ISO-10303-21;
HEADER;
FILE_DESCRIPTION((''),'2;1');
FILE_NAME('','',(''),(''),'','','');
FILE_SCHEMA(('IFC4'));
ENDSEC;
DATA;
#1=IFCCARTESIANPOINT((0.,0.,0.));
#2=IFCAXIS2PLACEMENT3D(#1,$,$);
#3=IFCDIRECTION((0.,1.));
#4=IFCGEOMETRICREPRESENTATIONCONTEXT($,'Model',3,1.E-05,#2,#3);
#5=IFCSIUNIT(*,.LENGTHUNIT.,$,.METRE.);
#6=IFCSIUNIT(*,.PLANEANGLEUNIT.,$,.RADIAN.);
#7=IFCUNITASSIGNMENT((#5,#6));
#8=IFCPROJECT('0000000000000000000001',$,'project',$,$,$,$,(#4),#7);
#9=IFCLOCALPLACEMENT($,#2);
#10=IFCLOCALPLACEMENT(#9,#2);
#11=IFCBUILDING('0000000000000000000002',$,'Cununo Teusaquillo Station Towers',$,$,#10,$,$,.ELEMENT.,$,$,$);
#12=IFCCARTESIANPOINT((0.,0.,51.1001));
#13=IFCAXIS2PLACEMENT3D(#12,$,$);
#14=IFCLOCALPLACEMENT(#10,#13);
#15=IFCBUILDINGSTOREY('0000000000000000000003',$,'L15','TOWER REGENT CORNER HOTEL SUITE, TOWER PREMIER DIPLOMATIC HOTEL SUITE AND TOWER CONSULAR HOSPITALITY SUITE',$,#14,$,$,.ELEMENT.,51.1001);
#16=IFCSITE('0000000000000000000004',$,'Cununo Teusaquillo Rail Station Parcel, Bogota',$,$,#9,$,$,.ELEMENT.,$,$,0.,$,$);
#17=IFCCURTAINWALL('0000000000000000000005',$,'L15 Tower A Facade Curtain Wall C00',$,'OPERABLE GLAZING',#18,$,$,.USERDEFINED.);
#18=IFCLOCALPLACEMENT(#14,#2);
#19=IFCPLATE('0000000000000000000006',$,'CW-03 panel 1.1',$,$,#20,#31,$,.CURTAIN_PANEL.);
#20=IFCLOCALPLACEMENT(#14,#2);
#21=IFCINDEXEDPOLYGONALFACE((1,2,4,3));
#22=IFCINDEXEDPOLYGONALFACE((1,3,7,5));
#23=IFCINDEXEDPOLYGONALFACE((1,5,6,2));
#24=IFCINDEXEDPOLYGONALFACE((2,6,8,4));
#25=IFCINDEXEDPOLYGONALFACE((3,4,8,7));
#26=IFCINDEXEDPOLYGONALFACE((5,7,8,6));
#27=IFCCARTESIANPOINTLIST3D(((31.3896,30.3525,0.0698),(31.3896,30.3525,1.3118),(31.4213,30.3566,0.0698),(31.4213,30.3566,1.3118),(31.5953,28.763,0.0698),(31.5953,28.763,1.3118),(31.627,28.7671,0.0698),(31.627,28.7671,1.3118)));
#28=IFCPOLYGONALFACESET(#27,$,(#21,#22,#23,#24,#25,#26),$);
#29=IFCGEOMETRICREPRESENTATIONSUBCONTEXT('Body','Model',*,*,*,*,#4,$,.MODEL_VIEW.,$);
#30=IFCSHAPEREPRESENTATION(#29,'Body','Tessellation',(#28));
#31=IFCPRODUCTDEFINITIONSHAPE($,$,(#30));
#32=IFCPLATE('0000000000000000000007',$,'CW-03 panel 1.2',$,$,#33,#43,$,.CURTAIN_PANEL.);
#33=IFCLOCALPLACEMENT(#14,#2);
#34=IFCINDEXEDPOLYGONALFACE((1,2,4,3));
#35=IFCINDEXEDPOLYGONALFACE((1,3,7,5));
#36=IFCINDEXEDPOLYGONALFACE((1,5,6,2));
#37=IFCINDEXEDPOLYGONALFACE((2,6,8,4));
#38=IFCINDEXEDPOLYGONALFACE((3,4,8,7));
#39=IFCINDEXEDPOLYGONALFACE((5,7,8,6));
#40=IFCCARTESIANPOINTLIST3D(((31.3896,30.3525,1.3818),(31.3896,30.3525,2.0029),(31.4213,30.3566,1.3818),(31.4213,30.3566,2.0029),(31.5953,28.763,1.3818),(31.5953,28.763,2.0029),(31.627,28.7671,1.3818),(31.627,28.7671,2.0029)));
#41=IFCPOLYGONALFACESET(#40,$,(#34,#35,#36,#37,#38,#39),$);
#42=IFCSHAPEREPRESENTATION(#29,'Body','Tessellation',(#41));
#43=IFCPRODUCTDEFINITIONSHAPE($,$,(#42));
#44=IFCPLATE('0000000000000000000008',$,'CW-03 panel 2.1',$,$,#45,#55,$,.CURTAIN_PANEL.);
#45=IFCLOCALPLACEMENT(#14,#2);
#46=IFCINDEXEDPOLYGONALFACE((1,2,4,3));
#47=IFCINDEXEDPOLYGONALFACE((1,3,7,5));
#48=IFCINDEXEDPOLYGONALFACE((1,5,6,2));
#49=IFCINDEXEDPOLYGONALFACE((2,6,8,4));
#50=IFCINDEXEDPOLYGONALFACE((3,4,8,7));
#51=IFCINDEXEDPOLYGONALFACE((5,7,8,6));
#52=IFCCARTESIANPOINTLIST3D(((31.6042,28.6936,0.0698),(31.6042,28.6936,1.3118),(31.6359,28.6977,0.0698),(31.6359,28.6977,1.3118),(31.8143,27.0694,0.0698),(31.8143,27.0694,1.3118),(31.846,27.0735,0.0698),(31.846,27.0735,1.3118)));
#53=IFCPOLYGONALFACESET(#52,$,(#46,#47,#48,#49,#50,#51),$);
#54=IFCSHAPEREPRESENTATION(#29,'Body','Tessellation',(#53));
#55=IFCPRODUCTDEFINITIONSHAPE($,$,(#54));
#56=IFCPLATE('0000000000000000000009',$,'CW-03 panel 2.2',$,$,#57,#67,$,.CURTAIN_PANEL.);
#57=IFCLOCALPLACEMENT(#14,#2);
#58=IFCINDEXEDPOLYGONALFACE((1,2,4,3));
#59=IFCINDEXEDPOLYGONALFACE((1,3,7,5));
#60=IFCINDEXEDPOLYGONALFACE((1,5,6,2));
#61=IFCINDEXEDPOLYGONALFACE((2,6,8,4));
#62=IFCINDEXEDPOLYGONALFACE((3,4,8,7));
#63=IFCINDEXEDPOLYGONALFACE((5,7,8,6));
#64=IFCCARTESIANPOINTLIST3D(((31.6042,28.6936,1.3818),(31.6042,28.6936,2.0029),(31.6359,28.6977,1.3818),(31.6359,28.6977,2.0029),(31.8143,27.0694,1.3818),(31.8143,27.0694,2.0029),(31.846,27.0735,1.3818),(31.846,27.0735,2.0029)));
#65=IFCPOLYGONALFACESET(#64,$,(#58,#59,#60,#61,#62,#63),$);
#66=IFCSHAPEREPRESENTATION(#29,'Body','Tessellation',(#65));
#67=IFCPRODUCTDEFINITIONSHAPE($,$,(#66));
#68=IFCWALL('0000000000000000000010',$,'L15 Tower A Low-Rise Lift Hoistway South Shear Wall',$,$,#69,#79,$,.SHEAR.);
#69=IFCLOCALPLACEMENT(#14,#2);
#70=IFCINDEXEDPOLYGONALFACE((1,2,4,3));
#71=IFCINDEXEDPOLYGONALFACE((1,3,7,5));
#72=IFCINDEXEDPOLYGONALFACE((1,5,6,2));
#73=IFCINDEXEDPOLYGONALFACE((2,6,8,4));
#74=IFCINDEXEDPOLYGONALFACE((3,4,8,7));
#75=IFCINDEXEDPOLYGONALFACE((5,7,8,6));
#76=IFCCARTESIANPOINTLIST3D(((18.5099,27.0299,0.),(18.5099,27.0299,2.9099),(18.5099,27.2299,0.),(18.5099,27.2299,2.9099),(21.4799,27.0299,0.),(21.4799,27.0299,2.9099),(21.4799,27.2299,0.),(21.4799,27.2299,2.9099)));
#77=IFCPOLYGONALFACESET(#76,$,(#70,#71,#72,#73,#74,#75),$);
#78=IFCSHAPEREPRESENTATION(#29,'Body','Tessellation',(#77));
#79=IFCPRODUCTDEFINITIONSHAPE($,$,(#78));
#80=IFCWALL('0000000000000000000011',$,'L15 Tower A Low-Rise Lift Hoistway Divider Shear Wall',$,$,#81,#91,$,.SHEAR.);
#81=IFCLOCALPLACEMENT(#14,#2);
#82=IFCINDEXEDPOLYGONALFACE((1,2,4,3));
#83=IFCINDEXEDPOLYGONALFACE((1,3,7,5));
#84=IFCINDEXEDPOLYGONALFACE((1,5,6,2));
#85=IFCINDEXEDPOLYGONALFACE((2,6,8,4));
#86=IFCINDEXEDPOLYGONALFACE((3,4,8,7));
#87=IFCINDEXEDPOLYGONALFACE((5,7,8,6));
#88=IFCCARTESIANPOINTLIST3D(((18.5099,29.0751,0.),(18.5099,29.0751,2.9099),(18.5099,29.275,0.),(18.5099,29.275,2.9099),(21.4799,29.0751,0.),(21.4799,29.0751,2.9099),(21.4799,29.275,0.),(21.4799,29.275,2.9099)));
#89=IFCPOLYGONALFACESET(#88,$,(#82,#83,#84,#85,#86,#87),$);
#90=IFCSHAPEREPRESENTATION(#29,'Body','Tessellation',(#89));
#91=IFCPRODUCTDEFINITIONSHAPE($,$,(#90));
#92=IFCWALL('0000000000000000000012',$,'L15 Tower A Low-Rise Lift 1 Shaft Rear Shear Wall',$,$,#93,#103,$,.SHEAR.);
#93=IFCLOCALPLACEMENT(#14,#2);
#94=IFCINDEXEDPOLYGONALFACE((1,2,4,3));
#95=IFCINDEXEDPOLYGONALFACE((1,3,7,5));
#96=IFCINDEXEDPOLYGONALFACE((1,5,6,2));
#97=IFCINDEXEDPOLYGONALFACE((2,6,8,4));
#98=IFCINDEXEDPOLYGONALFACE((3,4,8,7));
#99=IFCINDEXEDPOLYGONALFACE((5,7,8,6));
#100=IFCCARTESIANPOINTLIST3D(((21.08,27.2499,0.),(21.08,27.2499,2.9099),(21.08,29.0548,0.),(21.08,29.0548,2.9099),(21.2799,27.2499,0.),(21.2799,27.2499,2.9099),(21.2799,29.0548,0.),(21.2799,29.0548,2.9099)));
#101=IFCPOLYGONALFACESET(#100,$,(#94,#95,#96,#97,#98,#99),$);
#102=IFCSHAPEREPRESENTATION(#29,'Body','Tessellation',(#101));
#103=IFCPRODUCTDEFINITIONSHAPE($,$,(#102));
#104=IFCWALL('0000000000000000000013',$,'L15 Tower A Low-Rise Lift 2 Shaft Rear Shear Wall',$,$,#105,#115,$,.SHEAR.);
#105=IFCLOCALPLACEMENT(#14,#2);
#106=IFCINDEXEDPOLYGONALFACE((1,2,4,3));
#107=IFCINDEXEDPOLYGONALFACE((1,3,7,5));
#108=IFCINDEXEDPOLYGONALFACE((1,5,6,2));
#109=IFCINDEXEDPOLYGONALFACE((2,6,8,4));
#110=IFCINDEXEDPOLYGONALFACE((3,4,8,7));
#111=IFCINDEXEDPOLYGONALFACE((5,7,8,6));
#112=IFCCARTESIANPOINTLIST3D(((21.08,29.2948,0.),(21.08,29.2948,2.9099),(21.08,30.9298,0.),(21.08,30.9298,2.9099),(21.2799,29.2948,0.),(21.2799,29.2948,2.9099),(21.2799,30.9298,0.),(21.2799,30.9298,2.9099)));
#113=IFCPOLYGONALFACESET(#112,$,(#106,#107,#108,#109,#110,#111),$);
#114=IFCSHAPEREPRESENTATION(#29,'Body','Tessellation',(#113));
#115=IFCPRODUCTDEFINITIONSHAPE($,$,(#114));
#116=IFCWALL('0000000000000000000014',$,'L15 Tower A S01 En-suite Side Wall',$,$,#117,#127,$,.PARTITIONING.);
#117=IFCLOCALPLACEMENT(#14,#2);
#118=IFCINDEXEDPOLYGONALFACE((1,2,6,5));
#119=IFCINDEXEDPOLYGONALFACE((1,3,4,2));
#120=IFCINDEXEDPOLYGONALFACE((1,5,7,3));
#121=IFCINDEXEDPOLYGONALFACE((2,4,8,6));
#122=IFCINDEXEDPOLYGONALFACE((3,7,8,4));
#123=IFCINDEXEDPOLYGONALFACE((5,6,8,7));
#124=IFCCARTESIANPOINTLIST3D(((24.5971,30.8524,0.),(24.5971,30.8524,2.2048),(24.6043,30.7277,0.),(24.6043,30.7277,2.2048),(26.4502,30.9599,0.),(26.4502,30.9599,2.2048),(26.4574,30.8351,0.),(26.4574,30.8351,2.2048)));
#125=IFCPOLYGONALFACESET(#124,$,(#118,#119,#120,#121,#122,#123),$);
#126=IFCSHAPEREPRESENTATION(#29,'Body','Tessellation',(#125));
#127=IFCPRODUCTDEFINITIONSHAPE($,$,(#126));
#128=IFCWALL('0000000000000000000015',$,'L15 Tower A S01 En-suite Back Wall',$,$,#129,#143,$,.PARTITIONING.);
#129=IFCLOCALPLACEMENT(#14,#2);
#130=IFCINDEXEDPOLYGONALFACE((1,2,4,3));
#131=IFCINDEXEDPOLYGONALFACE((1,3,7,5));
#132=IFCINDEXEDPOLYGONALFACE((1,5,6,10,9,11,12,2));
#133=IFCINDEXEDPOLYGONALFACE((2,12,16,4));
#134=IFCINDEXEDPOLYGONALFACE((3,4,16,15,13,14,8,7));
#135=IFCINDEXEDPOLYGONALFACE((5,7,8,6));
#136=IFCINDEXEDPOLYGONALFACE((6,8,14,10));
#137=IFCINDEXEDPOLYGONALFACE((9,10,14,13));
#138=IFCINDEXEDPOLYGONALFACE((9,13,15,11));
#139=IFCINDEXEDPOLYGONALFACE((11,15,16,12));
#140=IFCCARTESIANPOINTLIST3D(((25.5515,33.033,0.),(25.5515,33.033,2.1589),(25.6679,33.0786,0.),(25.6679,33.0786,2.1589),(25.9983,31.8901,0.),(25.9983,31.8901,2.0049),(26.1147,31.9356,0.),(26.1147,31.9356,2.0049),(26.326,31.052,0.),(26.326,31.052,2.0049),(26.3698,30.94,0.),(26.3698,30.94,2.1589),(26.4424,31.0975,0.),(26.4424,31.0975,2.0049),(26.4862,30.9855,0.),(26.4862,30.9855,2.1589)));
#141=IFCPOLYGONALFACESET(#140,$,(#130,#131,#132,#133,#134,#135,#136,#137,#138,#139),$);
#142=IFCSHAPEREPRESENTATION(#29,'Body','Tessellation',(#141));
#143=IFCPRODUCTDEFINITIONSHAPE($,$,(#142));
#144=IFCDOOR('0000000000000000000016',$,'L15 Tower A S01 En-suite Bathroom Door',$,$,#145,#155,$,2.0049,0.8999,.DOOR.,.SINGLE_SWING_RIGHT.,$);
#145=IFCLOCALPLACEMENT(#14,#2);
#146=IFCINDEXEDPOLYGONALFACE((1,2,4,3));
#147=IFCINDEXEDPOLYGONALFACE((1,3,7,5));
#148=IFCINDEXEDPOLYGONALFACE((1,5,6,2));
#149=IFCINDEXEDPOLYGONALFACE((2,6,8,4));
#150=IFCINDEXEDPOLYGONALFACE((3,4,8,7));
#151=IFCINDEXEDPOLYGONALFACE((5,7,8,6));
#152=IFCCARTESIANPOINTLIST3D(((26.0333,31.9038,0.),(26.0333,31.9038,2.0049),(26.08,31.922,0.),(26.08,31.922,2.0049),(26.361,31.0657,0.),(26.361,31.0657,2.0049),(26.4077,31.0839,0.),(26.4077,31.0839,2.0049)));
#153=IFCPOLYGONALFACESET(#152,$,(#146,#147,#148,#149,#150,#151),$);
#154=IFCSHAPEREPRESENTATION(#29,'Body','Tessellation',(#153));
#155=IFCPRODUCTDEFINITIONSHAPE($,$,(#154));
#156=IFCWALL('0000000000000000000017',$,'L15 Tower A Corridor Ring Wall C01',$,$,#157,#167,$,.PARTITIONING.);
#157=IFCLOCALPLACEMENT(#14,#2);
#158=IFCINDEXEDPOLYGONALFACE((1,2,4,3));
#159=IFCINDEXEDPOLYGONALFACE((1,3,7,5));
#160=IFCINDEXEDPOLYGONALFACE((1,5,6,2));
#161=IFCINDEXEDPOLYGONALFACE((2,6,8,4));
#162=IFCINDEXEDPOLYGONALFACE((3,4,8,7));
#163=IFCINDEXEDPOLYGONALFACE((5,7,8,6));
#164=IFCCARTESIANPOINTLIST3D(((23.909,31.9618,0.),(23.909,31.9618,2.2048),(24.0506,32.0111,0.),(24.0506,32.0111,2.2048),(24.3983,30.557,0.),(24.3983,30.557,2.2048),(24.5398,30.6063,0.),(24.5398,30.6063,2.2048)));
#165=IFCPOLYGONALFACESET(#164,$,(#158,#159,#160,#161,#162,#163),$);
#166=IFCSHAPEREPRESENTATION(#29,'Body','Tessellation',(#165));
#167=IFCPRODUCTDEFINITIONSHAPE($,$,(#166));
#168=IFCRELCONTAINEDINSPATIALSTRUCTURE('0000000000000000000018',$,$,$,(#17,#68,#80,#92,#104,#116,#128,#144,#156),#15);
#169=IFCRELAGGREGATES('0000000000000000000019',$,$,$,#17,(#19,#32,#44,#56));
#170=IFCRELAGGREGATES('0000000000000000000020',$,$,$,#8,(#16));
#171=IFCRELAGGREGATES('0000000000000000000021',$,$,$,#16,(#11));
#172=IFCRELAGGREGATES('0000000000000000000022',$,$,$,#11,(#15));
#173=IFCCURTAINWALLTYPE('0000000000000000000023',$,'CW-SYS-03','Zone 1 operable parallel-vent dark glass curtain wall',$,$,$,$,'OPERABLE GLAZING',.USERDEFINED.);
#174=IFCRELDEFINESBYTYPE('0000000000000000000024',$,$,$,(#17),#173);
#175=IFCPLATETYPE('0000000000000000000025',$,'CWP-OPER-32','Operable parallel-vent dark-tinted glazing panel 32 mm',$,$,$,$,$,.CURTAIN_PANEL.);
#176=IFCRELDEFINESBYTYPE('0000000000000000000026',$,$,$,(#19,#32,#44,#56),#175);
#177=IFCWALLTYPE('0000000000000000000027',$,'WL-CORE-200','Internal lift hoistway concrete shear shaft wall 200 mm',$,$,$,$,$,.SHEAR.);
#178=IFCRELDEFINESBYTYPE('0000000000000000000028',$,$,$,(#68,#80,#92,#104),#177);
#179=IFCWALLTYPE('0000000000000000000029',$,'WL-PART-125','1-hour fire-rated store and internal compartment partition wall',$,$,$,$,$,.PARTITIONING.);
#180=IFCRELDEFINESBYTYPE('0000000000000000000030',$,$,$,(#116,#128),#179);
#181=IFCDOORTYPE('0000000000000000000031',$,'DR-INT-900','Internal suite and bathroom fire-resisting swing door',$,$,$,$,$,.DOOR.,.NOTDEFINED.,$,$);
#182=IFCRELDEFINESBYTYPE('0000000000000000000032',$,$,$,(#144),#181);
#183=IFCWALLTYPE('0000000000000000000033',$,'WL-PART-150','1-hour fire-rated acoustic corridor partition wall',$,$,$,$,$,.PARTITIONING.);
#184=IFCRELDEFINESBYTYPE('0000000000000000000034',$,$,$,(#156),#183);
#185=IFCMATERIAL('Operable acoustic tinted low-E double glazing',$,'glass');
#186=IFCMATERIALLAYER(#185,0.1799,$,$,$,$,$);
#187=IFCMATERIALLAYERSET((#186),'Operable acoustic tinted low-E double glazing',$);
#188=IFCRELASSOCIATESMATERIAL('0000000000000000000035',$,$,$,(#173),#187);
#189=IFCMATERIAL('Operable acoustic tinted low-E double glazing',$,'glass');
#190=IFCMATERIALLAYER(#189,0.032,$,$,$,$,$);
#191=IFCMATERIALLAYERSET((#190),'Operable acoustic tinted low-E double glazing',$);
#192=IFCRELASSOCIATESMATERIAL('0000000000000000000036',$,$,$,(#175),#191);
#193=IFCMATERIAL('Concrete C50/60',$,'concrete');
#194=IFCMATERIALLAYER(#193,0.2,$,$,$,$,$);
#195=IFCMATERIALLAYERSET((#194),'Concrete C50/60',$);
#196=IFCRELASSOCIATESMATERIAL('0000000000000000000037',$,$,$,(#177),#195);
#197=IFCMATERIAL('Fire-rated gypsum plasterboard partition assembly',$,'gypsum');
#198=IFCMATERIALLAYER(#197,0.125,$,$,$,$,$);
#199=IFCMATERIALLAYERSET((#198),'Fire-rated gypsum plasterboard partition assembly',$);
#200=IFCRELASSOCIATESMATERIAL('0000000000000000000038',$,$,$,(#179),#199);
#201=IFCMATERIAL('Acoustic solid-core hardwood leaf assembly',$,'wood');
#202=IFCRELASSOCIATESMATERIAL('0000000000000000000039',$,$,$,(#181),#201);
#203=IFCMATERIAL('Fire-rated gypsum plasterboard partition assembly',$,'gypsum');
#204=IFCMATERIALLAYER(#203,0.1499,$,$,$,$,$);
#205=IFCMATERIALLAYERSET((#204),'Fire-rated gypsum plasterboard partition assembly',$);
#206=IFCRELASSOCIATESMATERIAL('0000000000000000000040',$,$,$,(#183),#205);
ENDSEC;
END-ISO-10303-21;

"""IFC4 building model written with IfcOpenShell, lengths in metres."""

from ifc_helpers import new_model, si_unit, direction, frame, frame_2d, origin, origin_2d, place, context, subcontext, project, spatial, rectangle, extrude, source, transform, mapped, material, layer, layer_set, type_object, element, fill, aggregate, save


model = new_model("IFC4")

# Units and contexts
model_context = context("Model", 3, precision=1e-05, world=origin(), true_north=direction((0.0, 1.0)))
body_context = subcontext(model_context, "Body", "Model", "MODEL_VIEW")
ifc_project = project(units=[si_unit("LENGTHUNIT", "METRE"), si_unit("PLANEANGLEUNIT", "RADIAN")], contexts=[model_context])

# Site, building, storey
site_placement = place(None, origin())
site = spatial("IfcSite", under=ifc_project, at=site_placement, Name="Cununo Teusaquillo Rail Station Parcel, Bogota", CompositionType="ELEMENT", RefElevation=0.0)
building_placement = place(site_placement, origin())
building = spatial("IfcBuilding", under=site, at=building_placement, Name="Cununo Teusaquillo Station Towers", CompositionType="ELEMENT")
storey_placement = place(building_placement, frame((0.0, 0.0, 51.1001)))
storey = spatial("IfcBuildingStorey", under=building, at=storey_placement, Name="L15", Description="TOWER REGENT CORNER HOTEL SUITE, TOWER PREMIER DIPLOMATIC HOTEL SUITE AND TOWER CONSULAR HOSPITALITY SUITE", CompositionType="ELEMENT", Elevation=51.1001)

# Curtain wall, plates
ifc_material_1 = material(Name="Operable acoustic tinted low-E double glazing", Category="glass")
ifc_layer_1 = layer(ifc_material_1, 0.1799)
ifc_layer_set_1 = layer_set([ifc_layer_1], Name="Operable acoustic tinted low-E double glazing")
curtain_wall_type = type_object("IfcCurtainWallType", Name="CW-SYS-03", Description="Zone 1 operable parallel-vent dark glass curtain wall", ElementType="OPERABLE GLAZING", PredefinedType="USERDEFINED", material=ifc_layer_set_1)
curtain_wall_placement = place(storey_placement, origin())
curtain_wall = element("IfcCurtainWall", 1, at=curtain_wall_placement, inside=storey, type_object=curtain_wall_type, Name="L15 Tower A Facade Curtain Wall C00", ObjectType="OPERABLE GLAZING", PredefinedType="USERDEFINED")
ifc_material_2 = material(Name="Operable acoustic tinted low-E double glazing", Category="glass")
ifc_layer_2 = layer(ifc_material_2, 0.032)
ifc_layer_set_2 = layer_set([ifc_layer_2], Name="Operable acoustic tinted low-E double glazing")
plate_type = type_object("IfcPlateType", Name="CWP-OPER-32", Description="Operable parallel-vent dark-tinted glazing panel 32 mm", PredefinedType="CURTAIN_PANEL", material=ifc_layer_set_2)
shared_shape_1 = source(origin(), body_context, "Body", "SweptSolid", [
    extrude(rectangle(XDim=1.6028, YDim=0.032, at=origin_2d()), origin(), (0.0, 0.0, 1.0), 1.2419),
])
plate_1_placement = place(storey_placement, frame((31.5083, 29.5598, 0.0698), z_axis=(0.0, 0.0, 1.0), x_axis=(0.128336, -0.991731, 0.0)))
plate_1 = element("IfcPlate", 2, at=plate_1_placement, type_object=plate_type, Name="CW-03 panel 1.1", PredefinedType="CURTAIN_PANEL", context=body_context, shape_type="MappedRepresentation", body=[
    mapped(shared_shape_1, transform((0.0, 0.0, 0.0), x_axis=(1.0, 0.0, 0.0), y_axis=(0.0, 1.0, 0.0), z_axis=(0.0, 0.0, 1.0), scale=1.0)),
])
shared_shape_2 = source(origin(), body_context, "Body", "SweptSolid", [
    extrude(rectangle(XDim=1.6028, YDim=0.032, at=origin_2d()), origin(), (0.0, 0.0, 1.0), 0.6211),
])
plate_2_placement = place(storey_placement, frame((31.5083, 29.5598, 1.3818), z_axis=(0.0, 0.0, 1.0), x_axis=(0.128336, -0.991731, 0.0)))
plate_2 = element("IfcPlate", 3, at=plate_2_placement, type_object=plate_type, Name="CW-03 panel 1.2", PredefinedType="CURTAIN_PANEL", context=body_context, shape_type="MappedRepresentation", body=[
    mapped(shared_shape_2, transform((0.0, 0.0, 0.0), x_axis=(1.0, 0.0, 0.0), y_axis=(0.0, 1.0, 0.0), z_axis=(0.0, 0.0, 1.0), scale=1.0)),
])
shared_shape_3 = source(origin(), body_context, "Body", "SweptSolid", [
    extrude(rectangle(XDim=1.6377, YDim=0.032, at=origin_2d()), origin(), (0.0, 0.0, 1.0), 1.2419),
])
plate_3_placement = place(storey_placement, frame((31.7251, 27.8835, 0.0698), z_axis=(0.0, 0.0, 1.0), x_axis=(0.128336, -0.991731, 0.0)))
plate_3 = element("IfcPlate", 4, at=plate_3_placement, type_object=plate_type, Name="CW-03 panel 2.1", PredefinedType="CURTAIN_PANEL", context=body_context, shape_type="MappedRepresentation", body=[
    mapped(shared_shape_3, transform((0.0, 0.0, 0.0), x_axis=(1.0, 0.0, 0.0), y_axis=(0.0, 1.0, 0.0), z_axis=(0.0, 0.0, 1.0), scale=1.0)),
])
shared_shape_4 = source(origin(), body_context, "Body", "SweptSolid", [
    extrude(rectangle(XDim=1.6377, YDim=0.032, at=origin_2d()), origin(), (0.0, 0.0, 1.0), 0.6211),
])
plate_4_placement = place(storey_placement, frame((31.7251, 27.8835, 1.3818), z_axis=(0.0, 0.0, 1.0), x_axis=(0.128336, -0.991731, 0.0)))
plate_4 = element("IfcPlate", 5, at=plate_4_placement, type_object=plate_type, Name="CW-03 panel 2.2", PredefinedType="CURTAIN_PANEL", context=body_context, shape_type="MappedRepresentation", body=[
    mapped(shared_shape_4, transform((0.0, 0.0, 0.0), x_axis=(1.0, 0.0, 0.0), y_axis=(0.0, 1.0, 0.0), z_axis=(0.0, 0.0, 1.0), scale=1.0)),
])
aggregate(curtain_wall, [plate_1, plate_2, plate_3, plate_4])

# Walls
ifc_material_3 = material(Name="Concrete C50/60", Category="concrete")
ifc_layer_3 = layer(ifc_material_3, 0.2)
ifc_layer_set_3 = layer_set([ifc_layer_3], Name="Concrete C50/60")
wall_type_1 = type_object("IfcWallType", Name="WL-CORE-200", Description="Internal lift hoistway concrete shear shaft wall 200 mm", PredefinedType="SHEAR", material=ifc_layer_set_3)
for number, where, z_axis, x_axis, name in (
    (6, (18.51, 27.1299, 0.0), (0.0, 0.0, 1.0), (1.0, 0.0, 0.0), "L15 Tower A Low-Rise Lift Hoistway South Shear Wall"),
    (7, (18.51, 29.175, 0.0), (0.0, 0.0, 1.0), (1.0, 0.0, 0.0), "L15 Tower A Low-Rise Lift Hoistway Divider Shear Wall"),
):
    element("IfcWall", number, at=place(storey_placement, frame(where, z_axis=z_axis, x_axis=x_axis)), inside=storey, type_object=wall_type_1, Name=name, PredefinedType="SHEAR", context=body_context, shape_type="SweptSolid", body=[
        extrude(rectangle(XDim=2.97, YDim=0.2, at=frame_2d((1.4849, 0.0))), origin(), (0.0, 0.0, 1.0), 2.9099),
    ])
wall_1_placement = place(storey_placement, frame((21.1799, 27.25, 0.0), z_axis=(0.0, 0.0, 1.0), x_axis=(0.0, 1.0, 0.0)))
element("IfcWall", 8, at=wall_1_placement, inside=storey, type_object=wall_type_1, Name="L15 Tower A Low-Rise Lift 1 Shaft Rear Shear Wall", PredefinedType="SHEAR", context=body_context, shape_type="SweptSolid", body=[
    extrude(rectangle(XDim=1.8049, YDim=0.2, at=frame_2d((0.9023, 0.0))), origin(), (0.0, 0.0, 1.0), 2.9099),
])
wall_2_placement = place(storey_placement, frame((21.1799, 29.2949, 0.0), z_axis=(0.0, 0.0, 1.0), x_axis=(0.0, 1.0, 0.0)))
element("IfcWall", 9, at=wall_2_placement, inside=storey, type_object=wall_type_1, Name="L15 Tower A Low-Rise Lift 2 Shaft Rear Shear Wall", PredefinedType="SHEAR", context=body_context, shape_type="SweptSolid", body=[
    extrude(rectangle(XDim=1.635, YDim=0.2, at=frame_2d((0.8174, 0.0))), origin(), (0.0, 0.0, 1.0), 2.9099),
])
ifc_material_4 = material(Name="Fire-rated gypsum plasterboard partition assembly", Category="gypsum")
ifc_layer_4 = layer(ifc_material_4, 0.125)
ifc_layer_set_4 = layer_set([ifc_layer_4], Name="Fire-rated gypsum plasterboard partition assembly")
wall_type_2 = type_object("IfcWallType", Name="WL-PART-125", Description="1-hour fire-rated store and internal compartment partition wall", PredefinedType="PARTITIONING", material=ifc_layer_set_4)
wall_3_placement = place(storey_placement, frame((24.6006, 30.79, 0.0), z_axis=(0.0, 0.0, 1.0), x_axis=(0.998324, 0.057874, 0.0)))
element("IfcWall", 10, at=wall_3_placement, inside=storey, type_object=wall_type_2, Name="L15 Tower A S01 En-suite Side Wall", PredefinedType="PARTITIONING", context=body_context, shape_type="SweptSolid", body=[
    extrude(rectangle(XDim=1.8562, YDim=0.125, at=frame_2d((0.9282, 0.0))), origin(), (0.0, 0.0, 1.0), 2.2048),
])

# Wall, opening, door
wall_4_placement = place(storey_placement, frame((26.428, 30.9629, 0.0), z_axis=(0.0, 0.0, 1.0), x_axis=(-0.364149, 0.931341, 0.0)))
wall_4 = element("IfcWall", 11, at=wall_4_placement, inside=storey, type_object=wall_type_2, Name="L15 Tower A S01 En-suite Back Wall", PredefinedType="PARTITIONING", context=body_context, shape_type="SweptSolid", body=[
    extrude(rectangle(XDim=2.2473, YDim=0.125, at=frame_2d((1.1235, 0.0))), origin(), (0.0, 0.0, 1.0), 2.1589),
])
shared_shape_5 = source(origin(), body_context, "Body", "SweptSolid", [
    extrude(rectangle(XDim=0.8999, YDim=2.0049, at=frame_2d((0.45, 1.0024))), frame((0.0, 0.0725, 0.0), z_axis=(0.0, -1.0, 0.0), x_axis=(1.0, 0.0, 0.0)), (0.0, 0.0, 1.0), 0.145),
])
opening_placement = place(wall_4_placement, frame((0.1201, 0.0, 0.0)))
opening = element("IfcOpeningElement", 12, at=opening_placement, cuts=wall_4, PredefinedType="OPENING", context=body_context, shape_type="MappedRepresentation", body=[
    mapped(shared_shape_5, transform((0.0, 0.0, 0.0), x_axis=(1.0, 0.0, 0.0), y_axis=(0.0, 1.0, 0.0), z_axis=(0.0, 0.0, 1.0), scale=1.0)),
])
ifc_material_5 = material(Name="Acoustic solid-core hardwood leaf assembly", Category="wood")
door_type = type_object("IfcDoorType", Name="DR-INT-900", Description="Internal suite and bathroom fire-resisting swing door", OperationType="NOTDEFINED", PredefinedType="DOOR", material=ifc_material_5)
shared_shape_6 = source(origin(), body_context, "Body", "SweptSolid", [
    extrude(rectangle(XDim=0.8999, YDim=2.0049, at=frame_2d((0.45, 1.0024))), frame((0.0, 0.0249, 0.0), z_axis=(0.0, -1.0, 0.0), x_axis=(1.0, 0.0, 0.0)), (0.0, 0.0, 1.0), 0.05),
])
door_placement = place(opening_placement, origin())
door = element("IfcDoor", 13, at=door_placement, inside=storey, type_object=door_type, Name="L15 Tower A S01 En-suite Bathroom Door", OperationType="SINGLE_SWING_RIGHT", OverallHeight=2.0049, OverallWidth=0.8999, PredefinedType="DOOR", context=body_context, shape_type="MappedRepresentation", body=[
    mapped(shared_shape_6, transform((0.0, 0.0, 0.0), x_axis=(1.0, 0.0, 0.0), y_axis=(0.0, 1.0, 0.0), z_axis=(0.0, 0.0, 1.0), scale=1.0)),
])
fill(opening, door)

# Wall
ifc_material_6 = material(Name="Fire-rated gypsum plasterboard partition assembly", Category="gypsum")
ifc_layer_5 = layer(ifc_material_6, 0.1499)
ifc_layer_set_5 = layer_set([ifc_layer_5], Name="Fire-rated gypsum plasterboard partition assembly")
wall_type_3 = type_object("IfcWallType", Name="WL-PART-150", Description="1-hour fire-rated acoustic corridor partition wall", PredefinedType="PARTITIONING", material=ifc_layer_set_5)
wall_5_placement = place(storey_placement, frame((24.469, 30.5818, 0.0), z_axis=(0.0, 0.0, 1.0), x_axis=(-0.328903, 0.944364, 0.0)))
element("IfcWall", 14, at=wall_5_placement, inside=storey, type_object=wall_type_3, Name="L15 Tower A Corridor Ring Wall C01", PredefinedType="PARTITIONING", context=body_context, shape_type="SweptSolid", body=[
    extrude(rectangle(XDim=1.4875, YDim=0.1499, at=frame_2d((0.7437, 0.0))), origin(), (0.0, 0.0, 1.0), 2.2048),
])

save(model, "model.ifc")
